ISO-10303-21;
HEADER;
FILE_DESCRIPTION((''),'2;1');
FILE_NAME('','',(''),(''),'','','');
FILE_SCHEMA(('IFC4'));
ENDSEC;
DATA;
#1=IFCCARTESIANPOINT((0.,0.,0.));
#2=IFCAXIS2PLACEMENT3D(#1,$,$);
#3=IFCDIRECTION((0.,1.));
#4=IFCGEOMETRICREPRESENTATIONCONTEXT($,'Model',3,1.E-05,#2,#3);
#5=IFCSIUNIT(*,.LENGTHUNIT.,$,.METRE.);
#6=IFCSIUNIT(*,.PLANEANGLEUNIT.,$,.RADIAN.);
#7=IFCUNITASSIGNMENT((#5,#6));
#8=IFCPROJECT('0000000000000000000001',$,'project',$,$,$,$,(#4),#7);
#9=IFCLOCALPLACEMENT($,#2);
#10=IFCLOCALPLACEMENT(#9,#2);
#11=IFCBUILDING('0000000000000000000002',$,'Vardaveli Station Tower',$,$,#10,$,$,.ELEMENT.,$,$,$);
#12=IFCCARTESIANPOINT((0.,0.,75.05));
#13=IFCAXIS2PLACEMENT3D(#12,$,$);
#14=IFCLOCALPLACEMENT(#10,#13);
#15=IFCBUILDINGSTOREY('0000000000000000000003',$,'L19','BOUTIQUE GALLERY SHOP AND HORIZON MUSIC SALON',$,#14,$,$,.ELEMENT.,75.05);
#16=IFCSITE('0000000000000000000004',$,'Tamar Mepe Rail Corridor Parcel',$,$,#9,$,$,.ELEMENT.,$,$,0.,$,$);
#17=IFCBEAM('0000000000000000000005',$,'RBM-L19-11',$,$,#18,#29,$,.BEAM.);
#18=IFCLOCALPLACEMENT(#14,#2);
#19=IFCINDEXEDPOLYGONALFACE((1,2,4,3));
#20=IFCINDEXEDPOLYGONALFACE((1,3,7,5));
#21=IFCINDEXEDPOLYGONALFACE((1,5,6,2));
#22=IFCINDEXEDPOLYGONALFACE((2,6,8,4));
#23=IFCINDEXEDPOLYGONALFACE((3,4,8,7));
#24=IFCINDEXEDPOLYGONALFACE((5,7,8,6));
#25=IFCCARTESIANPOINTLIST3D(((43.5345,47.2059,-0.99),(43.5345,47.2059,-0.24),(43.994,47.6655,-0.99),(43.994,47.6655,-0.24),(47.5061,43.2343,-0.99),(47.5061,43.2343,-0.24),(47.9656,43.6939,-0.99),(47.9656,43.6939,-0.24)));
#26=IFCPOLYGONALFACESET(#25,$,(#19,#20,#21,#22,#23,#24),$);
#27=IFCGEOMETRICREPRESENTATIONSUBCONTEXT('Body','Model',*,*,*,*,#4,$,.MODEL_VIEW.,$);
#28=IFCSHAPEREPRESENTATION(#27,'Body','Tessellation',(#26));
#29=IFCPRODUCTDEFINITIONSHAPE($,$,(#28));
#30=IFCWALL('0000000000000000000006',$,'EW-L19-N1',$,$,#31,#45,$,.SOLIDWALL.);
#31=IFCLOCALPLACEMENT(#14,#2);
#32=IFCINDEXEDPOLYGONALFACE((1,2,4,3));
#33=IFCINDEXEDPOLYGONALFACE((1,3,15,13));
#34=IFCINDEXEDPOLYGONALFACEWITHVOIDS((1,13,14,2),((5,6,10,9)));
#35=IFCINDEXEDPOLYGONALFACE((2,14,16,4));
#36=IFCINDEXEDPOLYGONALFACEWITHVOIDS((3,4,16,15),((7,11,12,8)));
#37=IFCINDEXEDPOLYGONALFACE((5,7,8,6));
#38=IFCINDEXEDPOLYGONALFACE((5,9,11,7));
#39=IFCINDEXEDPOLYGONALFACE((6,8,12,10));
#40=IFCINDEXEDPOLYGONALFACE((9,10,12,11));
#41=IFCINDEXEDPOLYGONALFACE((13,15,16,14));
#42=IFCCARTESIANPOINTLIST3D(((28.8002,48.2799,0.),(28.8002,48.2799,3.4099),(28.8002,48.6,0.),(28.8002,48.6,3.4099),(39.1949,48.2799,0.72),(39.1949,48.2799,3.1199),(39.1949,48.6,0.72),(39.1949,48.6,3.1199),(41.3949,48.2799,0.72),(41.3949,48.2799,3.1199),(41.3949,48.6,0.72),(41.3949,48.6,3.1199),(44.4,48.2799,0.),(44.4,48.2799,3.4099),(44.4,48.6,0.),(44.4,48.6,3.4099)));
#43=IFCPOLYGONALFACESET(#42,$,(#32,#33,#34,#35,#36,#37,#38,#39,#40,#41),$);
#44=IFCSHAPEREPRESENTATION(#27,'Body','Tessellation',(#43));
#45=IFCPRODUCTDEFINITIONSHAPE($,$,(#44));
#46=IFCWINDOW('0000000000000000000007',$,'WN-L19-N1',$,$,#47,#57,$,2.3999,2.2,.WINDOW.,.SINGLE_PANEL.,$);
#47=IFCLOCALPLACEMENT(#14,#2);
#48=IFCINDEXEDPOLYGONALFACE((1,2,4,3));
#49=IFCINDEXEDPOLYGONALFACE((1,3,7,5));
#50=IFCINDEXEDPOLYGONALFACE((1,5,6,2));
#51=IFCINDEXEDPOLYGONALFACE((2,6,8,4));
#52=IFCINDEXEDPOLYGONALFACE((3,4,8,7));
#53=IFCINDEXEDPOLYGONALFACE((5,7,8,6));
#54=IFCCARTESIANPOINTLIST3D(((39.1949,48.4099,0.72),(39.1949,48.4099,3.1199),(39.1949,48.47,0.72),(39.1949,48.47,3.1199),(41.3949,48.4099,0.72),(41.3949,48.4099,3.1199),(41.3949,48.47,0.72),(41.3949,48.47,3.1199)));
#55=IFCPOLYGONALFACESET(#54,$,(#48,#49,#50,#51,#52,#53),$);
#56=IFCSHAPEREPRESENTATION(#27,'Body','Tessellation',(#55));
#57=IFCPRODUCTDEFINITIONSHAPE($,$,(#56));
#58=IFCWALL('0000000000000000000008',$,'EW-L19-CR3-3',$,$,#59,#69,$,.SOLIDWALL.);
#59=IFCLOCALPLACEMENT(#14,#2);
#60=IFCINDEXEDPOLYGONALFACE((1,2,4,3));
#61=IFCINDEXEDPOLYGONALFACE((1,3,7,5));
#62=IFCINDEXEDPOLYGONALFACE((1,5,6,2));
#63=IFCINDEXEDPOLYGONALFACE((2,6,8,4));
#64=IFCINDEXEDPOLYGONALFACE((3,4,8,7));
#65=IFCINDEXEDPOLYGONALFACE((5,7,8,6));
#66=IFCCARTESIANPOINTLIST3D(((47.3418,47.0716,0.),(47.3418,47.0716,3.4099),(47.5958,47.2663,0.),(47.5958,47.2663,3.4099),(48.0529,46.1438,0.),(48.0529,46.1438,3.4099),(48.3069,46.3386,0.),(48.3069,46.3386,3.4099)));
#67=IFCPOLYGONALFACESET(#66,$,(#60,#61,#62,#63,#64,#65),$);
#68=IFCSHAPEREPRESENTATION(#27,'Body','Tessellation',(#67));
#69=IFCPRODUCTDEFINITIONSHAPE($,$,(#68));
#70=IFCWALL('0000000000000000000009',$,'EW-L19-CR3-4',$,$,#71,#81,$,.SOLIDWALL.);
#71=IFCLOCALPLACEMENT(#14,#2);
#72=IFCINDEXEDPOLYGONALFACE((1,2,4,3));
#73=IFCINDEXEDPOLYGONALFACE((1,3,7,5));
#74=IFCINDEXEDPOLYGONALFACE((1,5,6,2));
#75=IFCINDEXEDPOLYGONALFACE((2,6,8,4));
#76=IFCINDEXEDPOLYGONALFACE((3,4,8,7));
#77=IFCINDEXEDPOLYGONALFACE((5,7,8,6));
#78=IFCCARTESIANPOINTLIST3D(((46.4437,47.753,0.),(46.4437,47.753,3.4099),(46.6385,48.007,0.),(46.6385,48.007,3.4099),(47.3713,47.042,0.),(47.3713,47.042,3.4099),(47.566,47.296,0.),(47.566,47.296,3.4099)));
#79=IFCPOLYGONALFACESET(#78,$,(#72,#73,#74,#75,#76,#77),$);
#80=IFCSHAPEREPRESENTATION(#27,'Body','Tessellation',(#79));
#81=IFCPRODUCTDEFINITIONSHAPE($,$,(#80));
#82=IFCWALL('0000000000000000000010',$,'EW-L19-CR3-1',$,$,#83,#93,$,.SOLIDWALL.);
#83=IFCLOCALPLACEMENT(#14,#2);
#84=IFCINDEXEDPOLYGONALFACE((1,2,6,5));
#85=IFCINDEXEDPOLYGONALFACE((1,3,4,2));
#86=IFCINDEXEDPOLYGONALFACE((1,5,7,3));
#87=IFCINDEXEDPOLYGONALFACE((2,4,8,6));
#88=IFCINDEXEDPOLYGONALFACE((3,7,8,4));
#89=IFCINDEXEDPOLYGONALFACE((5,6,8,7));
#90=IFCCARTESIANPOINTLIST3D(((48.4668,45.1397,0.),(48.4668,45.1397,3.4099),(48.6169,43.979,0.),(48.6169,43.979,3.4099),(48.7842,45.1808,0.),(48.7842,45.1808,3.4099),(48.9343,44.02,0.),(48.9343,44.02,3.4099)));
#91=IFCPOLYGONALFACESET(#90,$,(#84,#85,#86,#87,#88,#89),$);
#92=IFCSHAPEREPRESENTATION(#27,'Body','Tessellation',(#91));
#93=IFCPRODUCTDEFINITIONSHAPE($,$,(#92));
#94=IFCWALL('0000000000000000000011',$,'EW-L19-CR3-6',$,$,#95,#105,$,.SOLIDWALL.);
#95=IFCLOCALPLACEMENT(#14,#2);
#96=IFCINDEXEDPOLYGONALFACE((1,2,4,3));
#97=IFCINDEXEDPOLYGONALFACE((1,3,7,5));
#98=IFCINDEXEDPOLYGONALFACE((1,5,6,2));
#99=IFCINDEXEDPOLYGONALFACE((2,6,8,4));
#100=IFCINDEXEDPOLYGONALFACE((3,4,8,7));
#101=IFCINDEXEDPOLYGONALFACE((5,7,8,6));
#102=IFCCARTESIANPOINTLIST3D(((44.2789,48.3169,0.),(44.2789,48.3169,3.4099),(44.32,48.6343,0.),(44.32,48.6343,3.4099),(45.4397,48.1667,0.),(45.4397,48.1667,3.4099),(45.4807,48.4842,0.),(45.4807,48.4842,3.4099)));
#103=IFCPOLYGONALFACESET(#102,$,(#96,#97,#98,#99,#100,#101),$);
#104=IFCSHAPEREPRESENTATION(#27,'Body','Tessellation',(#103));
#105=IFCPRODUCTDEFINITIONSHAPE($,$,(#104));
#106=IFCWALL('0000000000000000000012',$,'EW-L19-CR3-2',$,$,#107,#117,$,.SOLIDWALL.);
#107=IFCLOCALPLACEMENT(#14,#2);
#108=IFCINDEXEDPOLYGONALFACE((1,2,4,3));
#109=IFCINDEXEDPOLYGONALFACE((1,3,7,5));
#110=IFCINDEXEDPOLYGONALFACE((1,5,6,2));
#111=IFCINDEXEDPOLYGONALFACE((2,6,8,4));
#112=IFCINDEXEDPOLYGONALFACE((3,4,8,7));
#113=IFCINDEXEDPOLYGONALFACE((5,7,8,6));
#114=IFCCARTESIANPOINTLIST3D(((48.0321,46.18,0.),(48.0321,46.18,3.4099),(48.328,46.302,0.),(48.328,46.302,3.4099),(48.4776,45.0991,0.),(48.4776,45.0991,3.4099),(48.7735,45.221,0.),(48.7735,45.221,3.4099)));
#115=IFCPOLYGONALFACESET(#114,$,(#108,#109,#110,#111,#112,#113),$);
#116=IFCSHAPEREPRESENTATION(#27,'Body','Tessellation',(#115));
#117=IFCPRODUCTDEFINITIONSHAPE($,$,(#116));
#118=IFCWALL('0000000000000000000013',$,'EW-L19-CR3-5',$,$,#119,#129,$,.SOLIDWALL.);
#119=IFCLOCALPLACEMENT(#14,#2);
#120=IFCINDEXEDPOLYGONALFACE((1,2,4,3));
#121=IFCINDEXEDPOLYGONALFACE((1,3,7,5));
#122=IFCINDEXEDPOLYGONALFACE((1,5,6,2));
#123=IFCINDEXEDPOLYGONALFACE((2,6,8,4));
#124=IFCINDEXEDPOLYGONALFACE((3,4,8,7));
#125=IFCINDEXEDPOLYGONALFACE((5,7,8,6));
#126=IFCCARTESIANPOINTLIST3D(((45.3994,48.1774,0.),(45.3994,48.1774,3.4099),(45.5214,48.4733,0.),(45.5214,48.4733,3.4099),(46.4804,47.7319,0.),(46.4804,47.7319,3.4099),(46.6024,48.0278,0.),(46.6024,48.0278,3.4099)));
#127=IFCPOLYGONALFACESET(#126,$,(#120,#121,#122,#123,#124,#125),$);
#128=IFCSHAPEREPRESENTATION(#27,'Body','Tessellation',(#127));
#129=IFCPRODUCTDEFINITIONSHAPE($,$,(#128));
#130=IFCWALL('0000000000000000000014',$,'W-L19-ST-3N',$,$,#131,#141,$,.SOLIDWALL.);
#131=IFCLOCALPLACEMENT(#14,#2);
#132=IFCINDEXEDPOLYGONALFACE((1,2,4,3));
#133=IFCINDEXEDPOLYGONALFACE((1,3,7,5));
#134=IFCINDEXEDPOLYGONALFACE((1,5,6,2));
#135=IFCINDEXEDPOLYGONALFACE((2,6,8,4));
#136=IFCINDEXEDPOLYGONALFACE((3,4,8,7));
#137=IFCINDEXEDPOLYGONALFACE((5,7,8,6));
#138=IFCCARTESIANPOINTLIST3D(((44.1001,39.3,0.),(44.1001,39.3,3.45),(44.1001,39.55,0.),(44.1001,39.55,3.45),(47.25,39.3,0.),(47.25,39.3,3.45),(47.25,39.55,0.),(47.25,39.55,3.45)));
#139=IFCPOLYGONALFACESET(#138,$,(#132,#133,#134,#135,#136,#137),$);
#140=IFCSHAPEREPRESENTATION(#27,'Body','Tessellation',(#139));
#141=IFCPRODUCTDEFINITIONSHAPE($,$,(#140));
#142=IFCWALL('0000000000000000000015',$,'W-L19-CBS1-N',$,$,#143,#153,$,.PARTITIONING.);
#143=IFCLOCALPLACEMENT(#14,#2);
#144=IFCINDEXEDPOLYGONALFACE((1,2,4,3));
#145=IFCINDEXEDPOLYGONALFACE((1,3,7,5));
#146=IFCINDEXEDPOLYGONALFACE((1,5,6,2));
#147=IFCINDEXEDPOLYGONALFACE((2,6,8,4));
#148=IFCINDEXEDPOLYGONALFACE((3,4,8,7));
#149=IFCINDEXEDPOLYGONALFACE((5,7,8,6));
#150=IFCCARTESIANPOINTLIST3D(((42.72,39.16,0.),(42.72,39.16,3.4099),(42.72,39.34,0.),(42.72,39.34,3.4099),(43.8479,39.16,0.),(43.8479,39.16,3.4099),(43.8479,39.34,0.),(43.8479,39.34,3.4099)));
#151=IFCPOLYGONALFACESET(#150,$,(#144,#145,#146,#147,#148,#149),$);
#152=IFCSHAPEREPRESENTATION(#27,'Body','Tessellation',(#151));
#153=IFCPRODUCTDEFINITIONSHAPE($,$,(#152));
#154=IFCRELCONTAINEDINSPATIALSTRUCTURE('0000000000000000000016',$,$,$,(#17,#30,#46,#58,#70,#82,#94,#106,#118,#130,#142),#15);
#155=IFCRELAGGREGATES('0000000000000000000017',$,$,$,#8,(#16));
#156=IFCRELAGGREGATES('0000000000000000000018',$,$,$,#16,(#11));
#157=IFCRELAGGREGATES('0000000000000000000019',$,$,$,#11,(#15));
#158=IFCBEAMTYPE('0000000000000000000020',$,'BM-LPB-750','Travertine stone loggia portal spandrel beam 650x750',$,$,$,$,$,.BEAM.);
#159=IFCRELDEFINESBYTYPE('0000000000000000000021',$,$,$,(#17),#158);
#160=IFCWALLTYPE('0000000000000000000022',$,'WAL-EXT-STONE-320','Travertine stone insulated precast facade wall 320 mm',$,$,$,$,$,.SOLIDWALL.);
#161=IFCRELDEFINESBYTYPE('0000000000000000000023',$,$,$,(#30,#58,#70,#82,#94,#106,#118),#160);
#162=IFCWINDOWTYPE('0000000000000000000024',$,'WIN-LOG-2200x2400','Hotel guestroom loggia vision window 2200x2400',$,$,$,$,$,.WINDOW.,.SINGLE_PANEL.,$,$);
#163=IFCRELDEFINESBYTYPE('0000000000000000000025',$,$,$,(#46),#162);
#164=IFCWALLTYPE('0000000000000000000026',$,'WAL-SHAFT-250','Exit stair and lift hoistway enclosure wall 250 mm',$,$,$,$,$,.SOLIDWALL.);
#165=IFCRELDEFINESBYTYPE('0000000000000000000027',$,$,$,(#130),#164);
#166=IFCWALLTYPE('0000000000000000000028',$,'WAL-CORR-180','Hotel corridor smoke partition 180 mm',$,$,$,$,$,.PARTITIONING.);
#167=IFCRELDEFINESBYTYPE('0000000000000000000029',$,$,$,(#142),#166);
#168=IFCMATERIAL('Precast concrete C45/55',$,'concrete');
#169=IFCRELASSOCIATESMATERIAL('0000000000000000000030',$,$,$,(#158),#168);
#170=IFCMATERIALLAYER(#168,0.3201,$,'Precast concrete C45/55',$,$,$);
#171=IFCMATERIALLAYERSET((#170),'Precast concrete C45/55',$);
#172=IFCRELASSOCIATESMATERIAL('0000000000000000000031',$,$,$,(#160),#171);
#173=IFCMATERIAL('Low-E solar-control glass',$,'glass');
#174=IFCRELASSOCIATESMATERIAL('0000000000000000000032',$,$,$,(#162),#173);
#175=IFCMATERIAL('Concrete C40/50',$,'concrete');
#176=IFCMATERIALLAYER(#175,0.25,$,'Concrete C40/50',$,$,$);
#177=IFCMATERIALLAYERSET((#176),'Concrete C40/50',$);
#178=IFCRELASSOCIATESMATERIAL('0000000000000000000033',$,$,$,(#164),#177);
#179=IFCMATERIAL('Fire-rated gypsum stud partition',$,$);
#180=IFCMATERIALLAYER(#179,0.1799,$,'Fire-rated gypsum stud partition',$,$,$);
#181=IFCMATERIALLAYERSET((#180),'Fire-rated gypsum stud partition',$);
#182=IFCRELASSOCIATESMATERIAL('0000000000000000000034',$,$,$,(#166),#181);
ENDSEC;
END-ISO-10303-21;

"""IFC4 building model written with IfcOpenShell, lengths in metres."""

from ifc_helpers import new_model, si_unit, direction, frame, frame_2d, origin, origin_2d, place, context, subcontext, project, spatial, rectangle, extrude, source, transform, mapped, material, layer, layer_set, material_profile, profile_set, type_object, element, fill, save


model = new_model("IFC4")

# Units and contexts
model_context = context("Model", 3, precision=1e-05, world=origin(), true_north=direction((0.0, 1.0)))
body_context = subcontext(model_context, "Body", "Model", "MODEL_VIEW")
ifc_project = project(units=[si_unit("LENGTHUNIT", "METRE"), si_unit("PLANEANGLEUNIT", "RADIAN")], contexts=[model_context])

# Site, building, storey
site_placement = place(None, origin())
site = spatial("IfcSite", under=ifc_project, at=site_placement, Name="Tamar Mepe Rail Corridor Parcel", CompositionType="ELEMENT", RefElevation=0.0)
building_placement = place(site_placement, origin())
building = spatial("IfcBuilding", under=site, at=building_placement, Name="Vardaveli Station Tower", CompositionType="ELEMENT")
storey_placement = place(building_placement, frame((0.0, 0.0, 75.05)))
storey = spatial("IfcBuildingStorey", under=building, at=storey_placement, Name="L19", Description="BOUTIQUE GALLERY SHOP AND HORIZON MUSIC SALON", CompositionType="ELEMENT", Elevation=75.05)

# Beam
ifc_material_1 = material(Name="Precast concrete C45/55", Category="concrete")
ifc_material_profile_1 = material_profile(ifc_material_1, rectangle(XDim=0.6499, YDim=0.75, at=origin_2d()), Name="LPB 650x750")
ifc_profile_set_1 = profile_set([ifc_material_profile_1], Name="Precast concrete C45/55")
beam_type = type_object("IfcBeamType", Name="BM-LPB-750", Description="Travertine stone loggia portal spandrel beam 650x750", PredefinedType="BEAM", material=ifc_profile_set_1)
shared_shape_1 = source(origin(), body_context, "Body", "SweptSolid", [
    extrude(rectangle(XDim=0.6499, YDim=0.75, at=origin_2d()), origin(), (0.0, 0.0, 1.0), 5.6167),
])
beam_placement = place(storey_placement, frame((47.7358, 43.4641, -0.615), z_axis=(-0.707107, 0.707107, 0.0), x_axis=(-0.707107, -0.707107, 0.0)))
element("IfcBeam", 1, at=beam_placement, inside=storey, type_object=beam_type, Name="RBM-L19-11", PredefinedType="BEAM", context=body_context, shape_type="MappedRepresentation", body=[
    mapped(shared_shape_1, transform((0.0, 0.0, 0.0), scale=1.0)),
])

# Wall, opening, window
ifc_layer_1 = layer(ifc_material_1, 0.3201, Name="Precast concrete C45/55")
ifc_layer_set_1 = layer_set([ifc_layer_1], Name="Precast concrete C45/55")
wall_type_1 = type_object("IfcWallType", Name="WAL-EXT-STONE-320", Description="Travertine stone insulated precast facade wall 320 mm", PredefinedType="SOLIDWALL", material=ifc_layer_set_1)
shared_shape_2 = source(origin(), body_context, "Body", "SweptSolid", [
    extrude(rectangle(XDim=15.5999, YDim=0.3201, at=frame_2d((7.7998, 0.0))), origin(), (0.0, 0.0, 1.0), 3.4099),
])
wall_1_placement = place(storey_placement, frame((44.3999, 48.4399, 0.0), z_axis=(0.0, 0.0, 1.0), x_axis=(-1.0, 0.0, 0.0)))
wall_1 = element("IfcWall", 2, at=wall_1_placement, inside=storey, type_object=wall_type_1, Name="EW-L19-N1", PredefinedType="SOLIDWALL", context=body_context, shape_type="MappedRepresentation", body=[
    mapped(shared_shape_2, transform((0.0, 0.0, 0.0), scale=1.0)),
])
shared_shape_3 = source(origin(), body_context, "Body", "SweptSolid", [
    extrude(rectangle(XDim=2.2, YDim=2.3999, at=frame_2d((1.1001, 1.2))), frame((0.0, 0.1699, 0.0), z_axis=(0.0, -1.0, 0.0), x_axis=(1.0, 0.0, 0.0)), (0.0, 0.0, 1.0), 0.3401),
])
opening_placement = place(wall_1_placement, frame((3.0049, 0.0, 0.72)))
opening = element("IfcOpeningElement", 3, at=opening_placement, cuts=wall_1, PredefinedType="OPENING", context=body_context, shape_type="MappedRepresentation", body=[
    mapped(shared_shape_3, transform((0.0, 0.0, 0.0), scale=1.0)),
])
ifc_material_2 = material(Name="Low-E solar-control glass", Category="glass")
window_type = type_object("IfcWindowType", Name="WIN-LOG-2200x2400", Description="Hotel guestroom loggia vision window 2200x2400", PartitioningType="SINGLE_PANEL", PredefinedType="WINDOW", material=ifc_material_2)
shared_shape_4 = source(origin(), body_context, "Body", "SweptSolid", [
    extrude(rectangle(XDim=2.2, YDim=2.3999, at=frame_2d((1.1001, 1.2))), frame((0.0, 0.03, 0.0), z_axis=(0.0, -1.0, 0.0), x_axis=(1.0, 0.0, 0.0)), (0.0, 0.0, 1.0), 0.0601),
])
window_placement = place(opening_placement, origin())
window = element("IfcWindow", 4, at=window_placement, inside=storey, type_object=window_type, Name="WN-L19-N1", OverallHeight=2.3999, OverallWidth=2.2, PartitioningType="SINGLE_PANEL", PredefinedType="WINDOW", context=body_context, shape_type="MappedRepresentation", body=[
    mapped(shared_shape_4, transform((0.0, 0.0, 0.0), scale=1.0)),
])
fill(opening, window)

# Walls
shared_shape_5 = source(origin(), body_context, "Body", "SweptSolid", [
    extrude(rectangle(XDim=1.1689, YDim=0.3201, at=frame_2d((0.5845, 0.0))), origin(), (0.0, 0.0, 1.0), 3.4099),
])
wall_2_placement = place(storey_placement, frame((48.1799, 46.2412, 0.0), z_axis=(0.0, 0.0, 1.0), x_axis=(-0.608388, 0.79364, 0.0)))
element("IfcWall", 5, at=wall_2_placement, inside=storey, type_object=wall_type_1, Name="EW-L19-CR3-3", PredefinedType="SOLIDWALL", context=body_context, shape_type="MappedRepresentation", body=[
    mapped(shared_shape_5, transform((0.0, 0.0, 0.0), scale=1.0)),
])
shared_shape_6 = source(origin(), body_context, "Body", "SweptSolid", [
    extrude(rectangle(XDim=1.1687, YDim=0.3201, at=frame_2d((0.5845, 0.0))), origin(), (0.0, 0.0, 1.0), 3.4099),
])
wall_3_placement = place(storey_placement, frame((47.4688, 47.1689, 0.0), z_axis=(0.0, 0.0, 1.0), x_axis=(-0.793664, 0.608357, 0.0)))
element("IfcWall", 6, at=wall_3_placement, inside=storey, type_object=wall_type_1, Name="EW-L19-CR3-4", PredefinedType="SOLIDWALL", context=body_context, shape_type="MappedRepresentation", body=[
    mapped(shared_shape_6, transform((0.0, 0.0, 0.0), scale=1.0)),
])
shared_shape_7 = source(origin(), body_context, "Body", "SweptSolid", [
    extrude(rectangle(XDim=1.1704, YDim=0.3201, at=frame_2d((0.5852, 0.0))), origin(), (0.0, 0.0, 1.0), 3.4099),
])
for number, where, z_axis, x_axis, name in (
    (7, (48.7756, 43.9995, 0.0), (0.0, 0.0, 1.0), (-0.128296, 0.991736, 0.0), "EW-L19-CR3-1"),
    (8, (45.4602, 48.3254, 0.0), (0.0, 0.0, 1.0), (-0.991736, 0.128296, 0.0), "EW-L19-CR3-6"),
):
    element("IfcWall", number, at=place(storey_placement, frame(where, z_axis=z_axis, x_axis=x_axis)), inside=storey, type_object=wall_type_1, Name=name, PredefinedType="SOLIDWALL", context=body_context, shape_type="MappedRepresentation", body=[
        mapped(shared_shape_7, transform((0.0, 0.0, 0.0), scale=1.0)),
    ])
shared_shape_8 = source(origin(), body_context, "Body", "SweptSolid", [
    extrude(rectangle(XDim=1.1692, YDim=0.3201, at=frame_2d((0.5845, 0.0))), origin(), (0.0, 0.0, 1.0), 3.4099),
])
for number, where, z_axis, x_axis, name in (
    (9, (48.6255, 45.1602, 0.0), (0.0, 0.0, 1.0), (-0.381054, 0.924553, 0.0), "EW-L19-CR3-2"),
    (10, (46.5413, 47.8799, 0.0), (0.0, 0.0, 1.0), (-0.924553, 0.381054, 0.0), "EW-L19-CR3-5"),
):
    element("IfcWall", number, at=place(storey_placement, frame(where, z_axis=z_axis, x_axis=x_axis)), inside=storey, type_object=wall_type_1, Name=name, PredefinedType="SOLIDWALL", context=body_context, shape_type="MappedRepresentation", body=[
        mapped(shared_shape_8, transform((0.0, 0.0, 0.0), scale=1.0)),
    ])
ifc_material_3 = material(Name="Concrete C40/50", Category="concrete")
ifc_layer_2 = layer(ifc_material_3, 0.25, Name="Concrete C40/50")
ifc_layer_set_2 = layer_set([ifc_layer_2], Name="Concrete C40/50")
wall_type_2 = type_object("IfcWallType", Name="WAL-SHAFT-250", Description="Exit stair and lift hoistway enclosure wall 250 mm", PredefinedType="SOLIDWALL", material=ifc_layer_set_2)
shared_shape_9 = source(origin(), body_context, "Body", "SweptSolid", [
    extrude(rectangle(XDim=3.1499, YDim=0.25, at=frame_2d((1.575, 0.0))), origin(), (0.0, 0.0, 1.0), 3.45),
])
wall_4_placement = place(storey_placement, frame((44.1001, 39.425, 0.0), z_axis=(0.0, 0.0, 1.0), x_axis=(1.0, 0.0, 0.0)))
element("IfcWall", 11, at=wall_4_placement, inside=storey, type_object=wall_type_2, Name="W-L19-ST-3N", PredefinedType="SOLIDWALL", context=body_context, shape_type="MappedRepresentation", body=[
    mapped(shared_shape_9, transform((0.0, 0.0, 0.0), scale=1.0)),
])
ifc_material_4 = material(Name="Fire-rated gypsum stud partition")
ifc_layer_3 = layer(ifc_material_4, 0.1799, Name="Fire-rated gypsum stud partition")
ifc_layer_set_3 = layer_set([ifc_layer_3], Name="Fire-rated gypsum stud partition")
wall_type_3 = type_object("IfcWallType", Name="WAL-CORR-180", Description="Hotel corridor smoke partition 180 mm", PredefinedType="PARTITIONING", material=ifc_layer_set_3)
shared_shape_10 = source(origin(), body_context, "Body", "SweptSolid", [
    extrude(rectangle(XDim=1.1279, YDim=0.1799, at=frame_2d((0.564, 0.0))), origin(), (0.0, 0.0, 1.0), 3.4099),
])
wall_5_placement = place(storey_placement, frame((42.72, 39.25, 0.0), z_axis=(0.0, 0.0, 1.0), x_axis=(1.0, 0.0, 0.0)))
element("IfcWall", 12, at=wall_5_placement, inside=storey, type_object=wall_type_3, Name="W-L19-CBS1-N", PredefinedType="PARTITIONING", context=body_context, shape_type="MappedRepresentation", body=[
    mapped(shared_shape_10, transform((0.0, 0.0, 0.0), scale=1.0)),
])

save(model, "model.ifc")
